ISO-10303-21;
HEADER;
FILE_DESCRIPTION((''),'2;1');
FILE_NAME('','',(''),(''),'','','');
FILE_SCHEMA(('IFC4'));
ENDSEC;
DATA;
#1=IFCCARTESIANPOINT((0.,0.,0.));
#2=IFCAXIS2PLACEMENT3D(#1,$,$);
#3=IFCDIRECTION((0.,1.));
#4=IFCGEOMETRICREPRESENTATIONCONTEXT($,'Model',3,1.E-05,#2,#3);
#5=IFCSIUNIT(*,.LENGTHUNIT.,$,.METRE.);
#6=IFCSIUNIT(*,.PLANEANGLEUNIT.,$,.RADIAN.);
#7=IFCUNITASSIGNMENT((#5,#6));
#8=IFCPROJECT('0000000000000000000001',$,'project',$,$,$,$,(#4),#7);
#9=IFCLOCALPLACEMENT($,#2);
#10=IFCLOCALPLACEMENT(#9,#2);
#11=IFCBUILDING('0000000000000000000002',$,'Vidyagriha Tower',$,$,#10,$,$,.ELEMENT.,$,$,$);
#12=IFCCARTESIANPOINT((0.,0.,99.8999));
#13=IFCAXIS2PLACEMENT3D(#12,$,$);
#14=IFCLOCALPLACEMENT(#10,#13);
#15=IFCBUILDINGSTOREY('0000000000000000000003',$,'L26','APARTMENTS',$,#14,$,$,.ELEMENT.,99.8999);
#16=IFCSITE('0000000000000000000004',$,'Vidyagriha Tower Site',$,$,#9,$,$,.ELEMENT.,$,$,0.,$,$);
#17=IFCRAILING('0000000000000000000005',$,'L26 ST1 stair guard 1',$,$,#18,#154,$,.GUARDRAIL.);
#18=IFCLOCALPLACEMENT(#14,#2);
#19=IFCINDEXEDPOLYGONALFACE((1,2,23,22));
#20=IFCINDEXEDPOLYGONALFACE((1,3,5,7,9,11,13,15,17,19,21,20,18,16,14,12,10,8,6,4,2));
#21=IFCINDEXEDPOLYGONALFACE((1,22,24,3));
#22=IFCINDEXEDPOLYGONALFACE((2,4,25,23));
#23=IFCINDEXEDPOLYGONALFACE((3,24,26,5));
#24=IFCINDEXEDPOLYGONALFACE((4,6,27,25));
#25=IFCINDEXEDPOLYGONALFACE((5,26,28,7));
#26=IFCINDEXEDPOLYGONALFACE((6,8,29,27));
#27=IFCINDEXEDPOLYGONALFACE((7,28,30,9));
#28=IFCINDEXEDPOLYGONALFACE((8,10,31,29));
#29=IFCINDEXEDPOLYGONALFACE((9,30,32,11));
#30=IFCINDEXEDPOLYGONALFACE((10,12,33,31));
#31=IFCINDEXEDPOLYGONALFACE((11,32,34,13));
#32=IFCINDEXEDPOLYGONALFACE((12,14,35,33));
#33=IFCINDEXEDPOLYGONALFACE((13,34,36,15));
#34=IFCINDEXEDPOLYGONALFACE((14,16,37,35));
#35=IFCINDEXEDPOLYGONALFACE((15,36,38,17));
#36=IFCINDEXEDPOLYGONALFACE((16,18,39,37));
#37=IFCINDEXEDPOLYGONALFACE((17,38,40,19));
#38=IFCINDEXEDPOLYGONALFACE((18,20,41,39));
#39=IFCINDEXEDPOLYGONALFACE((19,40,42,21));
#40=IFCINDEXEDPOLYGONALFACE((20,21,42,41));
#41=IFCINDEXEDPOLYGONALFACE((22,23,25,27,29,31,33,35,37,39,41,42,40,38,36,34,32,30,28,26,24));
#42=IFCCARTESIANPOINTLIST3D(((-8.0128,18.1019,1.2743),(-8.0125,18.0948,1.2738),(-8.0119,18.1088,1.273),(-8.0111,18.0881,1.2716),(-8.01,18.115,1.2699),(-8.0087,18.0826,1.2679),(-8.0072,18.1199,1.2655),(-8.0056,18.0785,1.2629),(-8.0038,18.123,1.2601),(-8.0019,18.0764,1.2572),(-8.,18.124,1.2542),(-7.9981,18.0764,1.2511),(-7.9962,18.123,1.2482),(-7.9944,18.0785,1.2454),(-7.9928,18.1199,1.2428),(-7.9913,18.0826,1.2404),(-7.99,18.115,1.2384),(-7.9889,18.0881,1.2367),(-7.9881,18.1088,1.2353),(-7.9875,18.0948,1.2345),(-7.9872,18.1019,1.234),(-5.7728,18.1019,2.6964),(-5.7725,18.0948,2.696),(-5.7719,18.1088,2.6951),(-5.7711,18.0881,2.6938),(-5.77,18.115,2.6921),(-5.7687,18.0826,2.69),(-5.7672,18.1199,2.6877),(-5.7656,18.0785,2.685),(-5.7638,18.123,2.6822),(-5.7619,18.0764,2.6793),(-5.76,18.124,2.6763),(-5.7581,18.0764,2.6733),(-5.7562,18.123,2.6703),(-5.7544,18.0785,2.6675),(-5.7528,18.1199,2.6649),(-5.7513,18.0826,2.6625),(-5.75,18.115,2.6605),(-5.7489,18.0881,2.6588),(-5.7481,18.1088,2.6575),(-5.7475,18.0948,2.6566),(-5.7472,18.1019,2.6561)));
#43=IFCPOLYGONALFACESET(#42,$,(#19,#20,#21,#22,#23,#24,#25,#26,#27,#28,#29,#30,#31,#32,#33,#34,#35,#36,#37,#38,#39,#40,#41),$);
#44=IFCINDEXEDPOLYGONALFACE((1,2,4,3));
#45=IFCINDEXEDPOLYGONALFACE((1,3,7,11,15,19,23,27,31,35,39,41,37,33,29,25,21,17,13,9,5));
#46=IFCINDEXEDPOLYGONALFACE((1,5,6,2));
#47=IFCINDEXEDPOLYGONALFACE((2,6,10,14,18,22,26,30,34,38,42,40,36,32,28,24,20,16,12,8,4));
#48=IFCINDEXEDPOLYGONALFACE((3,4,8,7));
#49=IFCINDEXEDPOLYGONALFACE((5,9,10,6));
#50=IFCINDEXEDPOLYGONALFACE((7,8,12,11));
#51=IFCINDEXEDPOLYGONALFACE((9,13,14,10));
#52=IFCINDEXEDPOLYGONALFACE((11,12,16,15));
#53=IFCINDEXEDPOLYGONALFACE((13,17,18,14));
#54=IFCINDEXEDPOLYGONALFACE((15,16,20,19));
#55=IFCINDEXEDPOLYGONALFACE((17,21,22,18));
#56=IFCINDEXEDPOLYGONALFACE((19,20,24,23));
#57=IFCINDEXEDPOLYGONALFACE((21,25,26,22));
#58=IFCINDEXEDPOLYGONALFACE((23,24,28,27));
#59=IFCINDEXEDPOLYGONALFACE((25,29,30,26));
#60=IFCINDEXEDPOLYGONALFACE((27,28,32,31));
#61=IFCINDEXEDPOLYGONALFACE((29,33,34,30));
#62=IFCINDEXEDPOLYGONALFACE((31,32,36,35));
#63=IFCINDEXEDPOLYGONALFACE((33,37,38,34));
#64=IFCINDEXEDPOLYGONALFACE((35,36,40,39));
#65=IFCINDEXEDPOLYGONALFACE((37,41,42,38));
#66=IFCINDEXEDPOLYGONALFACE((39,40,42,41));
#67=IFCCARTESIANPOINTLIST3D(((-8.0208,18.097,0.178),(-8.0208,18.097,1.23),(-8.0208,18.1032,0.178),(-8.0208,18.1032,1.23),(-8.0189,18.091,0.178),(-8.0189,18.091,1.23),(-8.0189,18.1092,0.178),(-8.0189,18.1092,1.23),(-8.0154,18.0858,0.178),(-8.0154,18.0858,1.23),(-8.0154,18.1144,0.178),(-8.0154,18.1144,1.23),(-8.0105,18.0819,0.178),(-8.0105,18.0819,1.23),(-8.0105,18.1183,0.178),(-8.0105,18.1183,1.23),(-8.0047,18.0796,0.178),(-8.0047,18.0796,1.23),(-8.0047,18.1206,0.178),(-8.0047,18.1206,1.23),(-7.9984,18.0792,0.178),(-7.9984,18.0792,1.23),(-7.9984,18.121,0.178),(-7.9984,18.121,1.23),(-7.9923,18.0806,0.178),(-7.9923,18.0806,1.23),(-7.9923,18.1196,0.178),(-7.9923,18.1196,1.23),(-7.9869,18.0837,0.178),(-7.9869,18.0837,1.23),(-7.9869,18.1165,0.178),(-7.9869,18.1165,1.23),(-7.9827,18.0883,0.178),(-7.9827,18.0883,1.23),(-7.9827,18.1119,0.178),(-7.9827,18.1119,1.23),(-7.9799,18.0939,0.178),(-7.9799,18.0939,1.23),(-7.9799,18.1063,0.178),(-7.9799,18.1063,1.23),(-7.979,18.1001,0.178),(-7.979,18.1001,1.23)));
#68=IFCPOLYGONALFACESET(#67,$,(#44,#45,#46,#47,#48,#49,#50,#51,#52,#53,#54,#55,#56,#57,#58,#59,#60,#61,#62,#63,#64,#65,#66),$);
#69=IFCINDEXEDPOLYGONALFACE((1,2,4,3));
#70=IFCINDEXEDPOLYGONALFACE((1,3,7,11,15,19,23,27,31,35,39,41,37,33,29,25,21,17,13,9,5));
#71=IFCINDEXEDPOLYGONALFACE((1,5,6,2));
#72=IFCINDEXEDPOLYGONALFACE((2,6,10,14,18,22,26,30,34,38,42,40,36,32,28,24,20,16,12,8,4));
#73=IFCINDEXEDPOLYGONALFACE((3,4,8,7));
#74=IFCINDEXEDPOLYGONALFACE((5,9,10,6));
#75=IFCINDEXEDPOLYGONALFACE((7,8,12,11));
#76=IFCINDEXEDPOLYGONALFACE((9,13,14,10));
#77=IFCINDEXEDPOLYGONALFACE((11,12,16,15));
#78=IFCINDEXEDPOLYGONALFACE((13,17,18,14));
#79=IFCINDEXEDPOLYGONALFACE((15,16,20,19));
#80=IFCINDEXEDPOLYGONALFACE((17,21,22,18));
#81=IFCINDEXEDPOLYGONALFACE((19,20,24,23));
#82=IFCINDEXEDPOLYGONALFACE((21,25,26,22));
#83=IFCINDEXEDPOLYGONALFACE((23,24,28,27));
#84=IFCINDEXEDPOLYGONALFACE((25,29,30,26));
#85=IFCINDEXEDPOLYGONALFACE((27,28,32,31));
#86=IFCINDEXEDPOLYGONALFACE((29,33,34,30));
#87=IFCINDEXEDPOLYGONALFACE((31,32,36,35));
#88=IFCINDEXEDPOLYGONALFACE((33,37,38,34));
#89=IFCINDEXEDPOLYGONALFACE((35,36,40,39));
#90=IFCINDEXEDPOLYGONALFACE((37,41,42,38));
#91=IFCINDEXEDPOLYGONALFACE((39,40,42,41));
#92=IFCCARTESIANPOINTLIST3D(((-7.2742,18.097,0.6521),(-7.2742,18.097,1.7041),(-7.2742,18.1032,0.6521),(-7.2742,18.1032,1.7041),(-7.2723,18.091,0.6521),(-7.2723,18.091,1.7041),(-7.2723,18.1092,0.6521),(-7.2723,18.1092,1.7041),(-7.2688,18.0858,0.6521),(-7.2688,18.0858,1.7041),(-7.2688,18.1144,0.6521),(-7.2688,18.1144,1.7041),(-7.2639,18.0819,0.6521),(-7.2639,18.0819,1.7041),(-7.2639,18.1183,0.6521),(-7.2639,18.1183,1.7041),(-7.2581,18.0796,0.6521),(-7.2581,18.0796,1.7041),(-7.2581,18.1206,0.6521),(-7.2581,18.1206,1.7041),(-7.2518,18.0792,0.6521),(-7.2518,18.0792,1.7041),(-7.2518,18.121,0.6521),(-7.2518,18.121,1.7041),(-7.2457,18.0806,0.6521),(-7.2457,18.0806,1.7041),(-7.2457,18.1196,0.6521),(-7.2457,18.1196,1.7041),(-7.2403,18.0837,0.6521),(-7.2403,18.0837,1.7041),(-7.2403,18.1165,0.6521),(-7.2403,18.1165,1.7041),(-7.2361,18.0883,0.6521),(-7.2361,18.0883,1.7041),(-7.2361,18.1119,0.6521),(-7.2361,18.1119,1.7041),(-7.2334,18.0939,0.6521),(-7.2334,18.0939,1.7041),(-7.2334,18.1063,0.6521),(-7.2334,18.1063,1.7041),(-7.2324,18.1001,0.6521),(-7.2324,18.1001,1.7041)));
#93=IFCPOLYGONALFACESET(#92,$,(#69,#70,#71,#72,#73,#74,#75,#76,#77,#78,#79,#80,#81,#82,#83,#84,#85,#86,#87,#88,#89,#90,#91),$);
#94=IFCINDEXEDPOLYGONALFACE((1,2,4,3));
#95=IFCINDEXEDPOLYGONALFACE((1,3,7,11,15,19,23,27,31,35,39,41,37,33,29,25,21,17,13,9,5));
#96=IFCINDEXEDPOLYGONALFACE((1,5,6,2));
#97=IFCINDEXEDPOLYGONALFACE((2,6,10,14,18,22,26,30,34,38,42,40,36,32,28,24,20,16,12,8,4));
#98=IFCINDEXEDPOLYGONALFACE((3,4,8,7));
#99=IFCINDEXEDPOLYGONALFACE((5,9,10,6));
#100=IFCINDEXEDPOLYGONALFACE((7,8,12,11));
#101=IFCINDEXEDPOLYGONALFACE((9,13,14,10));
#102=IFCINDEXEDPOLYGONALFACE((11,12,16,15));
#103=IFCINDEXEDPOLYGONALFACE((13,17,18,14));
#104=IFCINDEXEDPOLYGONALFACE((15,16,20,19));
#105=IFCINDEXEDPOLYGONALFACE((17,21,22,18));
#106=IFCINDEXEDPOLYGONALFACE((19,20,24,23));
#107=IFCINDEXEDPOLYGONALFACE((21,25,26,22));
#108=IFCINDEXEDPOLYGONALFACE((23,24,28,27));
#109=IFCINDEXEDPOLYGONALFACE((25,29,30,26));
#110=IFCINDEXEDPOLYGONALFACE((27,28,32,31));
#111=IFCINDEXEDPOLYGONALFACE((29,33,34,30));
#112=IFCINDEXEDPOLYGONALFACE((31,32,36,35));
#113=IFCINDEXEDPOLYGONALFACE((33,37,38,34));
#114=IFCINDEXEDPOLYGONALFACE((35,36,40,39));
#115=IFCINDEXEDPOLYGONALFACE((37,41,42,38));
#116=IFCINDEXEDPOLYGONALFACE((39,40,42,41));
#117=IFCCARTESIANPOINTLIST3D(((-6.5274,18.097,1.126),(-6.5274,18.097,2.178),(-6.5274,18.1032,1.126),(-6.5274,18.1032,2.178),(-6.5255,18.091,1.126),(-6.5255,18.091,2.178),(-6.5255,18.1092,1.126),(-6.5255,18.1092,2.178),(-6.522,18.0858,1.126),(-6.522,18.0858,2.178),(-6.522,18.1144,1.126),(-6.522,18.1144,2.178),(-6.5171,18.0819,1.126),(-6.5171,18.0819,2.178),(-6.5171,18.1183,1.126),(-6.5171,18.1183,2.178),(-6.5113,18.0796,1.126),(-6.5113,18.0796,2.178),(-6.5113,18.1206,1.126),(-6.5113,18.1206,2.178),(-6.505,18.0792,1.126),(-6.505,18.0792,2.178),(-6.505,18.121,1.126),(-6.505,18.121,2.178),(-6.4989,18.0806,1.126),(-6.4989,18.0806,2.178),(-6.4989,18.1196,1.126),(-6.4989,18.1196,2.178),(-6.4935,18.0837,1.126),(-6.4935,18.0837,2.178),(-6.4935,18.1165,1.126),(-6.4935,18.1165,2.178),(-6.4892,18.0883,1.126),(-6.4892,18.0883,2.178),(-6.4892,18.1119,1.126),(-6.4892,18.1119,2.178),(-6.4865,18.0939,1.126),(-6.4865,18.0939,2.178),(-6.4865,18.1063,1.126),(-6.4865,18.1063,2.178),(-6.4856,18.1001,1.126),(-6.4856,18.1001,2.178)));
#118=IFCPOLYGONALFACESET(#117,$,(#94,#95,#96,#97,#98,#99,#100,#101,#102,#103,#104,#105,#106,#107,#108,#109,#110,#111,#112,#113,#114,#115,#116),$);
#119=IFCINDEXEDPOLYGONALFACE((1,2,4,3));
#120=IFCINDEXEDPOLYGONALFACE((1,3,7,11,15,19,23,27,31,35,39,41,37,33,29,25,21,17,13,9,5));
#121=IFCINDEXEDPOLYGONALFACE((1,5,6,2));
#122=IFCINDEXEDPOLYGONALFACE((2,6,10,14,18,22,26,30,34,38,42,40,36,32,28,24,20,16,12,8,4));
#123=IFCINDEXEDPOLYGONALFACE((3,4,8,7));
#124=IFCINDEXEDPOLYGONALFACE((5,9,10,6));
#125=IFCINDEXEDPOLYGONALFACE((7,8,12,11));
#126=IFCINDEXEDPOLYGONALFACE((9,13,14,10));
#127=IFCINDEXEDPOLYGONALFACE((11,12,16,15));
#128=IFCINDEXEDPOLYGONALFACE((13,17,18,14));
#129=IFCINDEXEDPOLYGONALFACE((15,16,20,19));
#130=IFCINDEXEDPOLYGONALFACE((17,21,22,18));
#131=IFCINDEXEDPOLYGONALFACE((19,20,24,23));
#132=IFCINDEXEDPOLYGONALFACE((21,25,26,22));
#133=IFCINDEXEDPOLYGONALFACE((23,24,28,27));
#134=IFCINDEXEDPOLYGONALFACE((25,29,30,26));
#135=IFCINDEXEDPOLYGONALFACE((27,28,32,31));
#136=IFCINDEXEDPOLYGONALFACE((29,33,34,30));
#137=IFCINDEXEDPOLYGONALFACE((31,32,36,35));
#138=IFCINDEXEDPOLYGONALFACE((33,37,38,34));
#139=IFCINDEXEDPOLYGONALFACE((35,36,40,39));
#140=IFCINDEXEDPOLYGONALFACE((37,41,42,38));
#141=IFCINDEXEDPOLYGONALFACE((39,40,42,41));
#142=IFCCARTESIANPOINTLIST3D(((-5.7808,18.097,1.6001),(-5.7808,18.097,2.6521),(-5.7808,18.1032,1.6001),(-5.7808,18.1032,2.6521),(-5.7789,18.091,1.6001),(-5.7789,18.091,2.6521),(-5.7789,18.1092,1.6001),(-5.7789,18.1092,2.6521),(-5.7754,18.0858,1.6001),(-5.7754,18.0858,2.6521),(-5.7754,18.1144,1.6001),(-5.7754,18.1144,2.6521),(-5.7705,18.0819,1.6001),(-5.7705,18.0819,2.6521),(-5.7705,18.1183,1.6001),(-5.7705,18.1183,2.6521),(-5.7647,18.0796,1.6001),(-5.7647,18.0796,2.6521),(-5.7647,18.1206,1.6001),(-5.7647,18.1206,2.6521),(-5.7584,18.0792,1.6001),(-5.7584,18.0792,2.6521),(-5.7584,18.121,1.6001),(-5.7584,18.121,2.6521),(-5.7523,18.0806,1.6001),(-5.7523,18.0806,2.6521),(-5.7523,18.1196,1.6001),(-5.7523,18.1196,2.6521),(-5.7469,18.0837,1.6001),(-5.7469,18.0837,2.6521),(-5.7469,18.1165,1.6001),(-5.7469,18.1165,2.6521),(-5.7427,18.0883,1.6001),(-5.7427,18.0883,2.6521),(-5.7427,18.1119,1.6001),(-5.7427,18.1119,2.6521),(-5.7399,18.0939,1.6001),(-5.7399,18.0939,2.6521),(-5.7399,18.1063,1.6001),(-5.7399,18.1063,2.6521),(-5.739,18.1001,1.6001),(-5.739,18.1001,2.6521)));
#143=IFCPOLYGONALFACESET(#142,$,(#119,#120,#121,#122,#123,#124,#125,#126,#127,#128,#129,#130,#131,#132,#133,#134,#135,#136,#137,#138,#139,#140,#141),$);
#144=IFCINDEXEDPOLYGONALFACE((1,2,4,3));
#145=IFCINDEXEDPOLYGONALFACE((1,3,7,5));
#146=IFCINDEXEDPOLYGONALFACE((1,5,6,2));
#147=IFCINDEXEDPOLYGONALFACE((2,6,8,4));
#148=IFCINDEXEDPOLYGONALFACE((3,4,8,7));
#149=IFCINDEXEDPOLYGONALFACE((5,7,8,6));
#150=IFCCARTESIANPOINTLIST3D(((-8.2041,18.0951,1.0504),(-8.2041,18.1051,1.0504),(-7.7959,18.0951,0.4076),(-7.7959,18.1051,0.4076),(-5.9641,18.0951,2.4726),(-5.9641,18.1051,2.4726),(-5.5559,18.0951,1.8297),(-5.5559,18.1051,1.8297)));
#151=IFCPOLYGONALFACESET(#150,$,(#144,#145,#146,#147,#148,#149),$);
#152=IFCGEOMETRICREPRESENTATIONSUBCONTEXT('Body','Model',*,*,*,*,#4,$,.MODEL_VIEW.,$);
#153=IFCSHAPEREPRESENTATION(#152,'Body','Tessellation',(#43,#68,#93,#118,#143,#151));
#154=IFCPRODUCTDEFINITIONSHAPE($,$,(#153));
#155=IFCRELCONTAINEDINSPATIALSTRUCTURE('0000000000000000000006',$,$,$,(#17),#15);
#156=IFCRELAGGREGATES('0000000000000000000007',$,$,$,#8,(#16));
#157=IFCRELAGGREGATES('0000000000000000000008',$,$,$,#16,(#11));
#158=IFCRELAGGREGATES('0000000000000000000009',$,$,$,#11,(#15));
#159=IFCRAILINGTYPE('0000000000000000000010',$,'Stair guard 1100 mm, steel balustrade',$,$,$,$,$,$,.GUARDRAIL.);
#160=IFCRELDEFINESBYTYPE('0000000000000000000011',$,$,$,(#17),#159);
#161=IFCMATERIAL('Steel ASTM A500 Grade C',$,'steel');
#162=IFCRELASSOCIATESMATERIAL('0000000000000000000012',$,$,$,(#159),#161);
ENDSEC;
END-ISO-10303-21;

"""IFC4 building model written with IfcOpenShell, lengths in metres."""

from ifc_helpers import new_model, si_unit, direction, frame, origin, origin_2d, place, context, subcontext, project, spatial, rectangle, circle, extrude, material, type_object, element, save


model = new_model("IFC4")

# Units and contexts
model_context = context("Model", 3, precision=1e-05, world=origin(), true_north=direction((0.0, 1.0)))
body_context = subcontext(model_context, "Body", "Model", "MODEL_VIEW")
ifc_project = project(units=[si_unit("LENGTHUNIT", "METRE"), si_unit("PLANEANGLEUNIT", "RADIAN")], contexts=[model_context])

# Site, building, storey
site_placement = place(None, origin())
site = spatial("IfcSite", under=ifc_project, at=site_placement, Name="Vidyagriha Tower Site", CompositionType="ELEMENT", RefElevation=0.0)
building_placement = place(site_placement, origin())
building = spatial("IfcBuilding", under=site, at=building_placement, Name="Vidyagriha Tower", CompositionType="ELEMENT")
storey_placement = place(building_placement, frame((0.0, 0.0, 99.8999)))
storey = spatial("IfcBuildingStorey", under=building, at=storey_placement, Name="L26", Description="APARTMENTS", CompositionType="ELEMENT", Elevation=99.8999)

# Railing
ifc_material_1 = material(Name="Steel ASTM A500 Grade C", Category="steel")
railing_type_1 = type_object("IfcRailingType", Name="Stair guard 1100 mm, steel balustrade", PredefinedType="GUARDRAIL", material=ifc_material_1)
railing_1_placement = place(storey_placement, frame((-8.0, 18.1001, 0.178)))
element("IfcRailing", 1, at=railing_1_placement, inside=storey, type_object=railing_type_1, Name="L26 ST1 stair guard 1", PredefinedType="GUARDRAIL", context=body_context, shape_type="SweptSolid", body=[
    extrude(circle(Radius=0.0239, at=origin_2d()), frame((0.0, 0.0, 1.0762), z_axis=(0.844229, 0.0, 0.535982), x_axis=(0.0, 1.0, 0.0)), (0.0, 0.0, 1.0), 2.6533),
    extrude(circle(Radius=0.021, at=origin_2d()), origin(), (0.0, 0.0, 1.0), 1.052),
    extrude(circle(Radius=0.021, at=origin_2d()), frame((0.7466, 0.0, 0.4741)), (0.0, 0.0, 1.0), 1.052),
    extrude(circle(Radius=0.021, at=origin_2d()), frame((1.4934, 0.0, 0.948)), (0.0, 0.0, 1.0), 1.052),
    extrude(circle(Radius=0.021, at=origin_2d()), frame((2.24, 0.0, 1.4221)), (0.0, 0.0, 1.0), 1.052),
    extrude(rectangle(XDim=0.01, YDim=0.7615, at=origin_2d()), frame((0.0, 0.0, 0.551), z_axis=(0.844229, 0.0, 0.535982), x_axis=(0.0, 1.0, 0.0)), (0.0, 0.0, 1.0), 2.6533),
])

save(model, "model.ifc")
